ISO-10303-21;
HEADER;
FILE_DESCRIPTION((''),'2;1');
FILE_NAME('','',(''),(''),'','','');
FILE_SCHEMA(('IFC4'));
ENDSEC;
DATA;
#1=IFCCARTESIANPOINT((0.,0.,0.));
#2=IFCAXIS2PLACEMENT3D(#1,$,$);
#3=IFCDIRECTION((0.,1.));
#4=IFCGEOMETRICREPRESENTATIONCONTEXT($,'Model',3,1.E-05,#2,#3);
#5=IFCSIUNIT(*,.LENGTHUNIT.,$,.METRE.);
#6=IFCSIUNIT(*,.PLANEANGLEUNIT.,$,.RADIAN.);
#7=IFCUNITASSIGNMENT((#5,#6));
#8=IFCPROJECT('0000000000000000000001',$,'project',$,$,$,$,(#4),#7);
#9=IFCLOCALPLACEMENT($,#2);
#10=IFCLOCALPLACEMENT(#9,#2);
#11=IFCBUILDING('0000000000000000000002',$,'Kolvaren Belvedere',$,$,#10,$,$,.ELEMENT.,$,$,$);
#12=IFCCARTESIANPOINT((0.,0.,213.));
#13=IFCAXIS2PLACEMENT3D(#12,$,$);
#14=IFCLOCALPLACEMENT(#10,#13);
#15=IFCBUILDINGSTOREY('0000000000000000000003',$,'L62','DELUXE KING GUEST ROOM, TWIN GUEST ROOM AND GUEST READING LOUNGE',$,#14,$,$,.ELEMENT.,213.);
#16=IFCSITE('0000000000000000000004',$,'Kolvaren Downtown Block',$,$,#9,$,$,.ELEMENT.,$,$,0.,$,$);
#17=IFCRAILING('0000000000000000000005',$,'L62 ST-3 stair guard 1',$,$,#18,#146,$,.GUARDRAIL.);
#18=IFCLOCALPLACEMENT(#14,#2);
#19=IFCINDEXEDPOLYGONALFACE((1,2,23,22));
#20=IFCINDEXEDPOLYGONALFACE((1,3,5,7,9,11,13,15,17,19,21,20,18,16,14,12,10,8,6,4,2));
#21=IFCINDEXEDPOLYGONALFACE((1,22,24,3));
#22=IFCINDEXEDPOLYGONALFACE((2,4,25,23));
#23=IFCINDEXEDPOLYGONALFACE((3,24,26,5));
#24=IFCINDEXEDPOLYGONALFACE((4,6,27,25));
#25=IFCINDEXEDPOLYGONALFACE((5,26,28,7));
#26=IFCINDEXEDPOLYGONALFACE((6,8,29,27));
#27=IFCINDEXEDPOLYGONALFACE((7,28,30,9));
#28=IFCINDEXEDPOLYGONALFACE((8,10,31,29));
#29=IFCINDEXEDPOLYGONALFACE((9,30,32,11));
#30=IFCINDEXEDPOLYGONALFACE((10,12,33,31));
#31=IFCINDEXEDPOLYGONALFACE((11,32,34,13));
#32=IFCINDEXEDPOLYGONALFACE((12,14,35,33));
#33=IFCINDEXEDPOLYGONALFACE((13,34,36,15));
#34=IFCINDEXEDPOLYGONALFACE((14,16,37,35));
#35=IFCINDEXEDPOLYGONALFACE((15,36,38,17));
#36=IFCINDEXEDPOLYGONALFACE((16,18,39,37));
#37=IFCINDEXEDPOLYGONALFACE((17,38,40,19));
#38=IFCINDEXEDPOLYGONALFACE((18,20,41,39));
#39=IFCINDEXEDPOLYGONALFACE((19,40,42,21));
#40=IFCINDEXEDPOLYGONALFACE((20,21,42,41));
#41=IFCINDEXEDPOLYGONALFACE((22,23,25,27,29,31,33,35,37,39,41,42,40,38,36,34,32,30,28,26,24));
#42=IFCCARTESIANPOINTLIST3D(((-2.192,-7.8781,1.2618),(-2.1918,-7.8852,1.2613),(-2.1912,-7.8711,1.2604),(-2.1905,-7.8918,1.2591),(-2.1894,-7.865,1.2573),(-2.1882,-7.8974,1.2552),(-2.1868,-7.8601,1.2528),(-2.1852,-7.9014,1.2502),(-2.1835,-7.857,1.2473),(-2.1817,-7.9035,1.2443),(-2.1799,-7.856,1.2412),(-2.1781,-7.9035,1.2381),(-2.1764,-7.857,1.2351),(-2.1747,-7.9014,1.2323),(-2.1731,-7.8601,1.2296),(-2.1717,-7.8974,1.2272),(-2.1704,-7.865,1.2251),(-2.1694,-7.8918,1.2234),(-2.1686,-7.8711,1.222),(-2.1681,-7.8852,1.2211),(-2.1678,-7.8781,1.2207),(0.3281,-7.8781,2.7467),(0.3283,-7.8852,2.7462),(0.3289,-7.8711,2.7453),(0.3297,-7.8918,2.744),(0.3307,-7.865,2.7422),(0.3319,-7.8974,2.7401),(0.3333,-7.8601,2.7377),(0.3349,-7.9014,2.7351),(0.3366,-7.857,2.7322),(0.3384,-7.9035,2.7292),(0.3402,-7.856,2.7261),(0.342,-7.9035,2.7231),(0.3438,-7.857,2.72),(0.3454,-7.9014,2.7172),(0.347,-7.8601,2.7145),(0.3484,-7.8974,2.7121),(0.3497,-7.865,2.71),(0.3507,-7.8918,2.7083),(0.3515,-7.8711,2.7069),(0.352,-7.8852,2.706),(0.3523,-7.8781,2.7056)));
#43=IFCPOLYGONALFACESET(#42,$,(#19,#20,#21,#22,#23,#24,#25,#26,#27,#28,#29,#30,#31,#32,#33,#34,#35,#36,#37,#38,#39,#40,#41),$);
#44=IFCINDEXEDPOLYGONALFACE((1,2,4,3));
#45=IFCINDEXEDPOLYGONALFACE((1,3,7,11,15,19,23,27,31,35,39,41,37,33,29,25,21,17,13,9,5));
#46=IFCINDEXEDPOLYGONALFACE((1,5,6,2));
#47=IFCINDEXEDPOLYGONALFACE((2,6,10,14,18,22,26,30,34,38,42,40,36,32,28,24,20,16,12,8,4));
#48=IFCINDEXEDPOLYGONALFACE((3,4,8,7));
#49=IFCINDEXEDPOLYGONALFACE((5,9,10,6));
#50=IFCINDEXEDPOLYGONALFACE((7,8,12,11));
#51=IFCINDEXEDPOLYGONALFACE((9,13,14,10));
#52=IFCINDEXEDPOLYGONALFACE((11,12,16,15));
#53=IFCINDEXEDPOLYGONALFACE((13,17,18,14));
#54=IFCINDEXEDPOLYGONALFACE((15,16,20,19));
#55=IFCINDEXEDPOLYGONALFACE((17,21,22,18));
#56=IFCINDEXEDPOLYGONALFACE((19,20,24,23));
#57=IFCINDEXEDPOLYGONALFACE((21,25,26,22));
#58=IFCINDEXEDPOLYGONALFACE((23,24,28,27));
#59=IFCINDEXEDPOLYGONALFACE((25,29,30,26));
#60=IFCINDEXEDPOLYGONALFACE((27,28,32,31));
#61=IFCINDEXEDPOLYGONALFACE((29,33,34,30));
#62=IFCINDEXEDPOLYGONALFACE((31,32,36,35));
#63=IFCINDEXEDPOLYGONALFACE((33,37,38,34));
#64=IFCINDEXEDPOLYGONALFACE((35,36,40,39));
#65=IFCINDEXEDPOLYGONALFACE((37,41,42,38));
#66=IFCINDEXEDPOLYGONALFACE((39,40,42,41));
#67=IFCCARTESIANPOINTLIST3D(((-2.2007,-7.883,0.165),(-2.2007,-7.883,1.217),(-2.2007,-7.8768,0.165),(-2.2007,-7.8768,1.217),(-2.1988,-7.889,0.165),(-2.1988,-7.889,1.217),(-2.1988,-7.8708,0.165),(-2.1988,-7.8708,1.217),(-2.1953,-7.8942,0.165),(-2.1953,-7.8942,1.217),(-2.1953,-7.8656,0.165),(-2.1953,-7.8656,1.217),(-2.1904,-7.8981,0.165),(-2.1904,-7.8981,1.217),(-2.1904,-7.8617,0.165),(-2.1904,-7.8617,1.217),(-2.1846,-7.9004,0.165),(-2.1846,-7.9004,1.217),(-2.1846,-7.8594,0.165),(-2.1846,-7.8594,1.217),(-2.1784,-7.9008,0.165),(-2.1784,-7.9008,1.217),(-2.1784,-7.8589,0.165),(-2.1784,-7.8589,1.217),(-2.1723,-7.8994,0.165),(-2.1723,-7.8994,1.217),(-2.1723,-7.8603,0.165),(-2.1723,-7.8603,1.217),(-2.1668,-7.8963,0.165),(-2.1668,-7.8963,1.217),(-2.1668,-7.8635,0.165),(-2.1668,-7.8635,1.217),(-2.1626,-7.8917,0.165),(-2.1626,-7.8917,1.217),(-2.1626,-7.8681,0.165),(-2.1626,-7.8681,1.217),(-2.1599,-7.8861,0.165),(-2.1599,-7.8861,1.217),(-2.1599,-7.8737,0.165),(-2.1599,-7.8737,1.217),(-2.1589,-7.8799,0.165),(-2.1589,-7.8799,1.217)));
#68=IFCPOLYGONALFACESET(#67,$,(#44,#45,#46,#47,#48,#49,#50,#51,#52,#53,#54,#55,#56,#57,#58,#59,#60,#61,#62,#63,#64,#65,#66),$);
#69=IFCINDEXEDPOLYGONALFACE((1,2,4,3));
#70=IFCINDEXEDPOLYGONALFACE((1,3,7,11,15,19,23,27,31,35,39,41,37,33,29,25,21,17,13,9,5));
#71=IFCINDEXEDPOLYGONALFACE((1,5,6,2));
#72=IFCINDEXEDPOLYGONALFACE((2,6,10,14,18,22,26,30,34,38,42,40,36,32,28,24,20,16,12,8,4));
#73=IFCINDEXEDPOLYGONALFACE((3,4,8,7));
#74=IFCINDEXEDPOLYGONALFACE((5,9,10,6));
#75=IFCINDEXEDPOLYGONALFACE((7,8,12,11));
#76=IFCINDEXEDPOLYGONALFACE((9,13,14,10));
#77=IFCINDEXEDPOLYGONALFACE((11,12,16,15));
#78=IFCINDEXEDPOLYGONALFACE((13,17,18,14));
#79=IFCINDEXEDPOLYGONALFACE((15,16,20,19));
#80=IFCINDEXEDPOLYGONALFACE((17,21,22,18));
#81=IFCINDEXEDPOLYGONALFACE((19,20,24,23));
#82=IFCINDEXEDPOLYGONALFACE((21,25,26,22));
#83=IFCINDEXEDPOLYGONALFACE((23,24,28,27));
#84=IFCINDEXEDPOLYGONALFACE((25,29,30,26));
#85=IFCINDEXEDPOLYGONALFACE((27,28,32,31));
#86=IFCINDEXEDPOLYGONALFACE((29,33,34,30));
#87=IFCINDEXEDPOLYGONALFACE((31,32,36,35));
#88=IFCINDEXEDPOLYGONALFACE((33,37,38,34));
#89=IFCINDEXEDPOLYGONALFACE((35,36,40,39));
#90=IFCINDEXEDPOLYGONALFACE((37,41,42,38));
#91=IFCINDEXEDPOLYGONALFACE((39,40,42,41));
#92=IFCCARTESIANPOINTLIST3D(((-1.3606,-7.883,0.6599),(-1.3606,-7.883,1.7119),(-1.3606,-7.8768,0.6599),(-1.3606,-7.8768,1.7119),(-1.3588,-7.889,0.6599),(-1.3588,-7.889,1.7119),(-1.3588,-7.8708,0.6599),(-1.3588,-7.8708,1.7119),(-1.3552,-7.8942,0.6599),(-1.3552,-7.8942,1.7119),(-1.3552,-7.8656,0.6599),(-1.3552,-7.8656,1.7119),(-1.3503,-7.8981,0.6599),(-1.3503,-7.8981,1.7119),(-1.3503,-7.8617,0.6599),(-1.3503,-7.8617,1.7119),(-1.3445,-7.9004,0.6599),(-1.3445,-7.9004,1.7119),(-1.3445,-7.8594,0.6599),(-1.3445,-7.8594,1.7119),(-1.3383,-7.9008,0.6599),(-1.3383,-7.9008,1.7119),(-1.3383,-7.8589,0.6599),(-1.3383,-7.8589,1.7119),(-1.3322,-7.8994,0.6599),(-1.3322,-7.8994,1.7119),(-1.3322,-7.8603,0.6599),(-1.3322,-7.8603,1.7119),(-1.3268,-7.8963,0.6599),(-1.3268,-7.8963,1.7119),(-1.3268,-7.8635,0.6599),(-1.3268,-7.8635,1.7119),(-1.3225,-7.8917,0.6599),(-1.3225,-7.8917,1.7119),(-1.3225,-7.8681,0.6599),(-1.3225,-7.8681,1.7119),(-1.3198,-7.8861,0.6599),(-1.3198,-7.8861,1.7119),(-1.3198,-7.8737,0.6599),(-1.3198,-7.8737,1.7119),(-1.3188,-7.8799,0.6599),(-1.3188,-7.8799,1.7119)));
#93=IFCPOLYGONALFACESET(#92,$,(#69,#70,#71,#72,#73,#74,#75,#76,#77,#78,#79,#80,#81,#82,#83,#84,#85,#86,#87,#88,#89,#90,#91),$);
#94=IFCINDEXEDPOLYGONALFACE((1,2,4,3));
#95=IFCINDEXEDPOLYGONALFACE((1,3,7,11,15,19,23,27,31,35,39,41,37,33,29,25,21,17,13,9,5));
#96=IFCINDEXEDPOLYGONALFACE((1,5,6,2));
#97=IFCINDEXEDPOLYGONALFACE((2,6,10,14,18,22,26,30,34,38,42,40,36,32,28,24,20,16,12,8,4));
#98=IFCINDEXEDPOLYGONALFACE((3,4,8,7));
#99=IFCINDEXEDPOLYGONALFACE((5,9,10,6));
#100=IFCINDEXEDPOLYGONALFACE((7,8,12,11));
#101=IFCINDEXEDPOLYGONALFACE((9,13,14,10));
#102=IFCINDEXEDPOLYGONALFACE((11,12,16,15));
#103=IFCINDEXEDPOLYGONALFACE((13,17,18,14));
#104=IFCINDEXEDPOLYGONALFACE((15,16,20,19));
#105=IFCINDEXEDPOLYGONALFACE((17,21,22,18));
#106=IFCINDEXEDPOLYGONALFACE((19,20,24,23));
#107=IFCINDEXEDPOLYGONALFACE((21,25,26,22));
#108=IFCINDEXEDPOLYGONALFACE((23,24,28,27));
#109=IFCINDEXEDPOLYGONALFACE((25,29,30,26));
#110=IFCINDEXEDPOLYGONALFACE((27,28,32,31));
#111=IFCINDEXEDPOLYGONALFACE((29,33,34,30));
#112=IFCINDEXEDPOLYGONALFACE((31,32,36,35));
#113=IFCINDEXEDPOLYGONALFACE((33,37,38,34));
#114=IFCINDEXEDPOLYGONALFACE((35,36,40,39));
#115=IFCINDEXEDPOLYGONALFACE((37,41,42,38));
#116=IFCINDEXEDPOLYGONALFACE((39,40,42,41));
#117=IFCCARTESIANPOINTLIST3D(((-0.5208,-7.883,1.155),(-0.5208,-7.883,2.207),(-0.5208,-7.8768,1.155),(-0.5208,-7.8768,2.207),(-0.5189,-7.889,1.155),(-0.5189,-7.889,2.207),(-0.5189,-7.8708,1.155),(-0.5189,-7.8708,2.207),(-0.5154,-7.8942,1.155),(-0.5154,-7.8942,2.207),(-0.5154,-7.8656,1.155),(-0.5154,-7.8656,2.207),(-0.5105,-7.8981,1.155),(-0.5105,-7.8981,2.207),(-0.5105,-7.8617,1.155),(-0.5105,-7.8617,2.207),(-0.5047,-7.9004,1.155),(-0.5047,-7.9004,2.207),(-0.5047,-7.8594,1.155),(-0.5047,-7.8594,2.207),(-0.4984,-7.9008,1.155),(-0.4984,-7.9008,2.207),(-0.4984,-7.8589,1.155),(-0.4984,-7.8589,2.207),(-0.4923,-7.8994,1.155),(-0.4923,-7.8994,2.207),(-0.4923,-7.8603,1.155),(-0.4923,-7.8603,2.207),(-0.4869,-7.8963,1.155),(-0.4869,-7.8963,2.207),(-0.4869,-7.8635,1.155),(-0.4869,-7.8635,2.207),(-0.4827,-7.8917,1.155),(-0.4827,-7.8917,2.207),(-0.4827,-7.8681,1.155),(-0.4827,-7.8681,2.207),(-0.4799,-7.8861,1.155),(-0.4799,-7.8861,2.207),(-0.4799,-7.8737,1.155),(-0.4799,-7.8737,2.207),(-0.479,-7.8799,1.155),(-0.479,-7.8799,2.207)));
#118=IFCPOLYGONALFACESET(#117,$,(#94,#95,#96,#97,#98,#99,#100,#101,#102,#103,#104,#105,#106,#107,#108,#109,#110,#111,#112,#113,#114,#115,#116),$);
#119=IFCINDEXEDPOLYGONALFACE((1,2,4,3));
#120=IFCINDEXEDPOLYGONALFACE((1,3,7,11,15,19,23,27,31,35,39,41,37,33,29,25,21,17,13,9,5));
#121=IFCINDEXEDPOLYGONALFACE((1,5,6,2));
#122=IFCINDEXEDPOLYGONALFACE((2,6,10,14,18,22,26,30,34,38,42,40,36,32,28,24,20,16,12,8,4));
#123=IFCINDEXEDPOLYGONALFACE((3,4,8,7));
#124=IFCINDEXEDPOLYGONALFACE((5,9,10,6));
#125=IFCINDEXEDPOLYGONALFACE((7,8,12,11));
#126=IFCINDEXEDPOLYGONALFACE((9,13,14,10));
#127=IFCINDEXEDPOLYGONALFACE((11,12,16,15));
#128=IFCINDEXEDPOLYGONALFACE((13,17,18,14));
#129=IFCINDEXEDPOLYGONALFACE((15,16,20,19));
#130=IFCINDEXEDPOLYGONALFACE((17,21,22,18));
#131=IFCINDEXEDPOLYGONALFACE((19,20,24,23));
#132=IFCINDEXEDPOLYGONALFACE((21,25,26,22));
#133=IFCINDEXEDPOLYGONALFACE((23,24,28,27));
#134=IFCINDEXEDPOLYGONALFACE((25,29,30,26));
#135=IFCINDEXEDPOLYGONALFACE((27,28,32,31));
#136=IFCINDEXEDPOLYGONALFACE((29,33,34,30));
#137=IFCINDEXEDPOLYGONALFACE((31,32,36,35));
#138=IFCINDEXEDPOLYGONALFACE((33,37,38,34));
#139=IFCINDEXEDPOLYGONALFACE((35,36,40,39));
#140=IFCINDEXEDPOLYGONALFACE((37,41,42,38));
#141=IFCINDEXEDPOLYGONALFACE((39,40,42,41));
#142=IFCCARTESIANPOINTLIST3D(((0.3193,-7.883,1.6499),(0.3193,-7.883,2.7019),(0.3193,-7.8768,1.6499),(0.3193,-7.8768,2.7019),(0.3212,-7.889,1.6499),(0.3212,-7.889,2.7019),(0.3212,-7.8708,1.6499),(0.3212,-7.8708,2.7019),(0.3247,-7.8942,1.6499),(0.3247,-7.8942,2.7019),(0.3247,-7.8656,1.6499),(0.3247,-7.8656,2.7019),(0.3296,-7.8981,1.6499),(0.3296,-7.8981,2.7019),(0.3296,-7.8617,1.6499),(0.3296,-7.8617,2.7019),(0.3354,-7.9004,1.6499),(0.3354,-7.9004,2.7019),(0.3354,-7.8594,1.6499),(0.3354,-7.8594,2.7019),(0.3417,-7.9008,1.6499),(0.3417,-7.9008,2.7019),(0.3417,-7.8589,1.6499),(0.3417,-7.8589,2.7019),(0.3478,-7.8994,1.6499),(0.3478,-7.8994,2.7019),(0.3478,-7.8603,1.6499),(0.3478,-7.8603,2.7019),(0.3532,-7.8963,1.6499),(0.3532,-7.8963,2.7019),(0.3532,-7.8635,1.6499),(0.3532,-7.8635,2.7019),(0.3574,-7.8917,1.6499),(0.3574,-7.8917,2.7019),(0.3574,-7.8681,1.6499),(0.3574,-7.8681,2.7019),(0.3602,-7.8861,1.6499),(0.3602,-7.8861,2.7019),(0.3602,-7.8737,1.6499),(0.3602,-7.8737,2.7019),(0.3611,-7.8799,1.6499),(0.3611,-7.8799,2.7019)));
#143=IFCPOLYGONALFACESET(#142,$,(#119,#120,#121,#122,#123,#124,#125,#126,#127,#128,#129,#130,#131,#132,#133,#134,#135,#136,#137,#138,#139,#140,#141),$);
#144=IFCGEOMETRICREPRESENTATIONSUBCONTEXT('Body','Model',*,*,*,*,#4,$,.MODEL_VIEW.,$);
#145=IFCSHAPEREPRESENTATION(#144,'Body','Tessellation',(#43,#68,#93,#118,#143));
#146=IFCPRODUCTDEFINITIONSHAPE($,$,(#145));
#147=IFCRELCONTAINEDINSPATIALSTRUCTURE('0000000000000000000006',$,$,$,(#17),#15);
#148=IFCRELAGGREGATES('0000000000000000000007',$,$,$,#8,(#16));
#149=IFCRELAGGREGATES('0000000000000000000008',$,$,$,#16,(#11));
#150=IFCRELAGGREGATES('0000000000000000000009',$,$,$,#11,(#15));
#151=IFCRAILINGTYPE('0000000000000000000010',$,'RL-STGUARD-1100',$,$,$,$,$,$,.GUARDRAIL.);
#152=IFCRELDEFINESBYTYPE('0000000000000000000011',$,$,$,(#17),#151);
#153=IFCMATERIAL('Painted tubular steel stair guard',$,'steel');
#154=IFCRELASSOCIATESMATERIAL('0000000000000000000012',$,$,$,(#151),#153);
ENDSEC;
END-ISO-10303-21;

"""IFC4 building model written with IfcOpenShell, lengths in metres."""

from ifc_helpers import new_model, si_unit, direction, frame, origin, origin_2d, place, context, subcontext, project, spatial, circle, extrude, material, type_object, element, save


model = new_model("IFC4")

# Units and contexts
model_context = context("Model", 3, precision=1e-05, world=origin(), true_north=direction((0.0, 1.0)))
body_context = subcontext(model_context, "Body", "Model", "MODEL_VIEW")
ifc_project = project(units=[si_unit("LENGTHUNIT", "METRE"), si_unit("PLANEANGLEUNIT", "RADIAN")], contexts=[model_context])

# Site, building, storey
site_placement = place(None, origin())
site = spatial("IfcSite", under=ifc_project, at=site_placement, Name="Kolvaren Downtown Block", CompositionType="ELEMENT", RefElevation=0.0)
building_placement = place(site_placement, origin())
building = spatial("IfcBuilding", under=site, at=building_placement, Name="Kolvaren Belvedere", CompositionType="ELEMENT")
storey_placement = place(building_placement, frame((0.0, 0.0, 213.0)))
storey = spatial("IfcBuildingStorey", under=building, at=storey_placement, Name="L62", Description="DELUXE KING GUEST ROOM, TWIN GUEST ROOM AND GUEST READING LOUNGE", CompositionType="ELEMENT", Elevation=213.0)

# Railing
ifc_material_1 = material(Name="Painted tubular steel stair guard", Category="steel")
railing_type_1 = type_object("IfcRailingType", Name="RL-STGUARD-1100", PredefinedType="GUARDRAIL", material=ifc_material_1)
railing_1_placement = place(storey_placement, frame((-2.1799, -7.8799, 0.165)))
element("IfcRailing", 1, at=railing_1_placement, inside=storey, type_object=railing_type_1, Name="L62 ST-3 stair guard 1", PredefinedType="GUARDRAIL", context=body_context, shape_type="SweptSolid", body=[
    extrude(circle(Radius=0.0239, at=origin_2d()), frame((0.0, 0.0, 1.0762), z_axis=(0.861561, 0.0, 0.507655), x_axis=(0.0, 1.0, 0.0)), (0.0, 0.0, 1.0), 2.925),
    extrude(circle(Radius=0.021, at=origin_2d()), origin(), (0.0, 0.0, 1.0), 1.052),
    extrude(circle(Radius=0.021, at=origin_2d()), frame((0.8401, 0.0, 0.4949)), (0.0, 0.0, 1.0), 1.052),
    extrude(circle(Radius=0.021, at=origin_2d()), frame((1.6799, 0.0, 0.99)), (0.0, 0.0, 1.0), 1.052),
    extrude(circle(Radius=0.021, at=origin_2d()), frame((2.52, 0.0, 1.4849)), (0.0, 0.0, 1.0), 1.052),
])

save(model, "model.ifc")
